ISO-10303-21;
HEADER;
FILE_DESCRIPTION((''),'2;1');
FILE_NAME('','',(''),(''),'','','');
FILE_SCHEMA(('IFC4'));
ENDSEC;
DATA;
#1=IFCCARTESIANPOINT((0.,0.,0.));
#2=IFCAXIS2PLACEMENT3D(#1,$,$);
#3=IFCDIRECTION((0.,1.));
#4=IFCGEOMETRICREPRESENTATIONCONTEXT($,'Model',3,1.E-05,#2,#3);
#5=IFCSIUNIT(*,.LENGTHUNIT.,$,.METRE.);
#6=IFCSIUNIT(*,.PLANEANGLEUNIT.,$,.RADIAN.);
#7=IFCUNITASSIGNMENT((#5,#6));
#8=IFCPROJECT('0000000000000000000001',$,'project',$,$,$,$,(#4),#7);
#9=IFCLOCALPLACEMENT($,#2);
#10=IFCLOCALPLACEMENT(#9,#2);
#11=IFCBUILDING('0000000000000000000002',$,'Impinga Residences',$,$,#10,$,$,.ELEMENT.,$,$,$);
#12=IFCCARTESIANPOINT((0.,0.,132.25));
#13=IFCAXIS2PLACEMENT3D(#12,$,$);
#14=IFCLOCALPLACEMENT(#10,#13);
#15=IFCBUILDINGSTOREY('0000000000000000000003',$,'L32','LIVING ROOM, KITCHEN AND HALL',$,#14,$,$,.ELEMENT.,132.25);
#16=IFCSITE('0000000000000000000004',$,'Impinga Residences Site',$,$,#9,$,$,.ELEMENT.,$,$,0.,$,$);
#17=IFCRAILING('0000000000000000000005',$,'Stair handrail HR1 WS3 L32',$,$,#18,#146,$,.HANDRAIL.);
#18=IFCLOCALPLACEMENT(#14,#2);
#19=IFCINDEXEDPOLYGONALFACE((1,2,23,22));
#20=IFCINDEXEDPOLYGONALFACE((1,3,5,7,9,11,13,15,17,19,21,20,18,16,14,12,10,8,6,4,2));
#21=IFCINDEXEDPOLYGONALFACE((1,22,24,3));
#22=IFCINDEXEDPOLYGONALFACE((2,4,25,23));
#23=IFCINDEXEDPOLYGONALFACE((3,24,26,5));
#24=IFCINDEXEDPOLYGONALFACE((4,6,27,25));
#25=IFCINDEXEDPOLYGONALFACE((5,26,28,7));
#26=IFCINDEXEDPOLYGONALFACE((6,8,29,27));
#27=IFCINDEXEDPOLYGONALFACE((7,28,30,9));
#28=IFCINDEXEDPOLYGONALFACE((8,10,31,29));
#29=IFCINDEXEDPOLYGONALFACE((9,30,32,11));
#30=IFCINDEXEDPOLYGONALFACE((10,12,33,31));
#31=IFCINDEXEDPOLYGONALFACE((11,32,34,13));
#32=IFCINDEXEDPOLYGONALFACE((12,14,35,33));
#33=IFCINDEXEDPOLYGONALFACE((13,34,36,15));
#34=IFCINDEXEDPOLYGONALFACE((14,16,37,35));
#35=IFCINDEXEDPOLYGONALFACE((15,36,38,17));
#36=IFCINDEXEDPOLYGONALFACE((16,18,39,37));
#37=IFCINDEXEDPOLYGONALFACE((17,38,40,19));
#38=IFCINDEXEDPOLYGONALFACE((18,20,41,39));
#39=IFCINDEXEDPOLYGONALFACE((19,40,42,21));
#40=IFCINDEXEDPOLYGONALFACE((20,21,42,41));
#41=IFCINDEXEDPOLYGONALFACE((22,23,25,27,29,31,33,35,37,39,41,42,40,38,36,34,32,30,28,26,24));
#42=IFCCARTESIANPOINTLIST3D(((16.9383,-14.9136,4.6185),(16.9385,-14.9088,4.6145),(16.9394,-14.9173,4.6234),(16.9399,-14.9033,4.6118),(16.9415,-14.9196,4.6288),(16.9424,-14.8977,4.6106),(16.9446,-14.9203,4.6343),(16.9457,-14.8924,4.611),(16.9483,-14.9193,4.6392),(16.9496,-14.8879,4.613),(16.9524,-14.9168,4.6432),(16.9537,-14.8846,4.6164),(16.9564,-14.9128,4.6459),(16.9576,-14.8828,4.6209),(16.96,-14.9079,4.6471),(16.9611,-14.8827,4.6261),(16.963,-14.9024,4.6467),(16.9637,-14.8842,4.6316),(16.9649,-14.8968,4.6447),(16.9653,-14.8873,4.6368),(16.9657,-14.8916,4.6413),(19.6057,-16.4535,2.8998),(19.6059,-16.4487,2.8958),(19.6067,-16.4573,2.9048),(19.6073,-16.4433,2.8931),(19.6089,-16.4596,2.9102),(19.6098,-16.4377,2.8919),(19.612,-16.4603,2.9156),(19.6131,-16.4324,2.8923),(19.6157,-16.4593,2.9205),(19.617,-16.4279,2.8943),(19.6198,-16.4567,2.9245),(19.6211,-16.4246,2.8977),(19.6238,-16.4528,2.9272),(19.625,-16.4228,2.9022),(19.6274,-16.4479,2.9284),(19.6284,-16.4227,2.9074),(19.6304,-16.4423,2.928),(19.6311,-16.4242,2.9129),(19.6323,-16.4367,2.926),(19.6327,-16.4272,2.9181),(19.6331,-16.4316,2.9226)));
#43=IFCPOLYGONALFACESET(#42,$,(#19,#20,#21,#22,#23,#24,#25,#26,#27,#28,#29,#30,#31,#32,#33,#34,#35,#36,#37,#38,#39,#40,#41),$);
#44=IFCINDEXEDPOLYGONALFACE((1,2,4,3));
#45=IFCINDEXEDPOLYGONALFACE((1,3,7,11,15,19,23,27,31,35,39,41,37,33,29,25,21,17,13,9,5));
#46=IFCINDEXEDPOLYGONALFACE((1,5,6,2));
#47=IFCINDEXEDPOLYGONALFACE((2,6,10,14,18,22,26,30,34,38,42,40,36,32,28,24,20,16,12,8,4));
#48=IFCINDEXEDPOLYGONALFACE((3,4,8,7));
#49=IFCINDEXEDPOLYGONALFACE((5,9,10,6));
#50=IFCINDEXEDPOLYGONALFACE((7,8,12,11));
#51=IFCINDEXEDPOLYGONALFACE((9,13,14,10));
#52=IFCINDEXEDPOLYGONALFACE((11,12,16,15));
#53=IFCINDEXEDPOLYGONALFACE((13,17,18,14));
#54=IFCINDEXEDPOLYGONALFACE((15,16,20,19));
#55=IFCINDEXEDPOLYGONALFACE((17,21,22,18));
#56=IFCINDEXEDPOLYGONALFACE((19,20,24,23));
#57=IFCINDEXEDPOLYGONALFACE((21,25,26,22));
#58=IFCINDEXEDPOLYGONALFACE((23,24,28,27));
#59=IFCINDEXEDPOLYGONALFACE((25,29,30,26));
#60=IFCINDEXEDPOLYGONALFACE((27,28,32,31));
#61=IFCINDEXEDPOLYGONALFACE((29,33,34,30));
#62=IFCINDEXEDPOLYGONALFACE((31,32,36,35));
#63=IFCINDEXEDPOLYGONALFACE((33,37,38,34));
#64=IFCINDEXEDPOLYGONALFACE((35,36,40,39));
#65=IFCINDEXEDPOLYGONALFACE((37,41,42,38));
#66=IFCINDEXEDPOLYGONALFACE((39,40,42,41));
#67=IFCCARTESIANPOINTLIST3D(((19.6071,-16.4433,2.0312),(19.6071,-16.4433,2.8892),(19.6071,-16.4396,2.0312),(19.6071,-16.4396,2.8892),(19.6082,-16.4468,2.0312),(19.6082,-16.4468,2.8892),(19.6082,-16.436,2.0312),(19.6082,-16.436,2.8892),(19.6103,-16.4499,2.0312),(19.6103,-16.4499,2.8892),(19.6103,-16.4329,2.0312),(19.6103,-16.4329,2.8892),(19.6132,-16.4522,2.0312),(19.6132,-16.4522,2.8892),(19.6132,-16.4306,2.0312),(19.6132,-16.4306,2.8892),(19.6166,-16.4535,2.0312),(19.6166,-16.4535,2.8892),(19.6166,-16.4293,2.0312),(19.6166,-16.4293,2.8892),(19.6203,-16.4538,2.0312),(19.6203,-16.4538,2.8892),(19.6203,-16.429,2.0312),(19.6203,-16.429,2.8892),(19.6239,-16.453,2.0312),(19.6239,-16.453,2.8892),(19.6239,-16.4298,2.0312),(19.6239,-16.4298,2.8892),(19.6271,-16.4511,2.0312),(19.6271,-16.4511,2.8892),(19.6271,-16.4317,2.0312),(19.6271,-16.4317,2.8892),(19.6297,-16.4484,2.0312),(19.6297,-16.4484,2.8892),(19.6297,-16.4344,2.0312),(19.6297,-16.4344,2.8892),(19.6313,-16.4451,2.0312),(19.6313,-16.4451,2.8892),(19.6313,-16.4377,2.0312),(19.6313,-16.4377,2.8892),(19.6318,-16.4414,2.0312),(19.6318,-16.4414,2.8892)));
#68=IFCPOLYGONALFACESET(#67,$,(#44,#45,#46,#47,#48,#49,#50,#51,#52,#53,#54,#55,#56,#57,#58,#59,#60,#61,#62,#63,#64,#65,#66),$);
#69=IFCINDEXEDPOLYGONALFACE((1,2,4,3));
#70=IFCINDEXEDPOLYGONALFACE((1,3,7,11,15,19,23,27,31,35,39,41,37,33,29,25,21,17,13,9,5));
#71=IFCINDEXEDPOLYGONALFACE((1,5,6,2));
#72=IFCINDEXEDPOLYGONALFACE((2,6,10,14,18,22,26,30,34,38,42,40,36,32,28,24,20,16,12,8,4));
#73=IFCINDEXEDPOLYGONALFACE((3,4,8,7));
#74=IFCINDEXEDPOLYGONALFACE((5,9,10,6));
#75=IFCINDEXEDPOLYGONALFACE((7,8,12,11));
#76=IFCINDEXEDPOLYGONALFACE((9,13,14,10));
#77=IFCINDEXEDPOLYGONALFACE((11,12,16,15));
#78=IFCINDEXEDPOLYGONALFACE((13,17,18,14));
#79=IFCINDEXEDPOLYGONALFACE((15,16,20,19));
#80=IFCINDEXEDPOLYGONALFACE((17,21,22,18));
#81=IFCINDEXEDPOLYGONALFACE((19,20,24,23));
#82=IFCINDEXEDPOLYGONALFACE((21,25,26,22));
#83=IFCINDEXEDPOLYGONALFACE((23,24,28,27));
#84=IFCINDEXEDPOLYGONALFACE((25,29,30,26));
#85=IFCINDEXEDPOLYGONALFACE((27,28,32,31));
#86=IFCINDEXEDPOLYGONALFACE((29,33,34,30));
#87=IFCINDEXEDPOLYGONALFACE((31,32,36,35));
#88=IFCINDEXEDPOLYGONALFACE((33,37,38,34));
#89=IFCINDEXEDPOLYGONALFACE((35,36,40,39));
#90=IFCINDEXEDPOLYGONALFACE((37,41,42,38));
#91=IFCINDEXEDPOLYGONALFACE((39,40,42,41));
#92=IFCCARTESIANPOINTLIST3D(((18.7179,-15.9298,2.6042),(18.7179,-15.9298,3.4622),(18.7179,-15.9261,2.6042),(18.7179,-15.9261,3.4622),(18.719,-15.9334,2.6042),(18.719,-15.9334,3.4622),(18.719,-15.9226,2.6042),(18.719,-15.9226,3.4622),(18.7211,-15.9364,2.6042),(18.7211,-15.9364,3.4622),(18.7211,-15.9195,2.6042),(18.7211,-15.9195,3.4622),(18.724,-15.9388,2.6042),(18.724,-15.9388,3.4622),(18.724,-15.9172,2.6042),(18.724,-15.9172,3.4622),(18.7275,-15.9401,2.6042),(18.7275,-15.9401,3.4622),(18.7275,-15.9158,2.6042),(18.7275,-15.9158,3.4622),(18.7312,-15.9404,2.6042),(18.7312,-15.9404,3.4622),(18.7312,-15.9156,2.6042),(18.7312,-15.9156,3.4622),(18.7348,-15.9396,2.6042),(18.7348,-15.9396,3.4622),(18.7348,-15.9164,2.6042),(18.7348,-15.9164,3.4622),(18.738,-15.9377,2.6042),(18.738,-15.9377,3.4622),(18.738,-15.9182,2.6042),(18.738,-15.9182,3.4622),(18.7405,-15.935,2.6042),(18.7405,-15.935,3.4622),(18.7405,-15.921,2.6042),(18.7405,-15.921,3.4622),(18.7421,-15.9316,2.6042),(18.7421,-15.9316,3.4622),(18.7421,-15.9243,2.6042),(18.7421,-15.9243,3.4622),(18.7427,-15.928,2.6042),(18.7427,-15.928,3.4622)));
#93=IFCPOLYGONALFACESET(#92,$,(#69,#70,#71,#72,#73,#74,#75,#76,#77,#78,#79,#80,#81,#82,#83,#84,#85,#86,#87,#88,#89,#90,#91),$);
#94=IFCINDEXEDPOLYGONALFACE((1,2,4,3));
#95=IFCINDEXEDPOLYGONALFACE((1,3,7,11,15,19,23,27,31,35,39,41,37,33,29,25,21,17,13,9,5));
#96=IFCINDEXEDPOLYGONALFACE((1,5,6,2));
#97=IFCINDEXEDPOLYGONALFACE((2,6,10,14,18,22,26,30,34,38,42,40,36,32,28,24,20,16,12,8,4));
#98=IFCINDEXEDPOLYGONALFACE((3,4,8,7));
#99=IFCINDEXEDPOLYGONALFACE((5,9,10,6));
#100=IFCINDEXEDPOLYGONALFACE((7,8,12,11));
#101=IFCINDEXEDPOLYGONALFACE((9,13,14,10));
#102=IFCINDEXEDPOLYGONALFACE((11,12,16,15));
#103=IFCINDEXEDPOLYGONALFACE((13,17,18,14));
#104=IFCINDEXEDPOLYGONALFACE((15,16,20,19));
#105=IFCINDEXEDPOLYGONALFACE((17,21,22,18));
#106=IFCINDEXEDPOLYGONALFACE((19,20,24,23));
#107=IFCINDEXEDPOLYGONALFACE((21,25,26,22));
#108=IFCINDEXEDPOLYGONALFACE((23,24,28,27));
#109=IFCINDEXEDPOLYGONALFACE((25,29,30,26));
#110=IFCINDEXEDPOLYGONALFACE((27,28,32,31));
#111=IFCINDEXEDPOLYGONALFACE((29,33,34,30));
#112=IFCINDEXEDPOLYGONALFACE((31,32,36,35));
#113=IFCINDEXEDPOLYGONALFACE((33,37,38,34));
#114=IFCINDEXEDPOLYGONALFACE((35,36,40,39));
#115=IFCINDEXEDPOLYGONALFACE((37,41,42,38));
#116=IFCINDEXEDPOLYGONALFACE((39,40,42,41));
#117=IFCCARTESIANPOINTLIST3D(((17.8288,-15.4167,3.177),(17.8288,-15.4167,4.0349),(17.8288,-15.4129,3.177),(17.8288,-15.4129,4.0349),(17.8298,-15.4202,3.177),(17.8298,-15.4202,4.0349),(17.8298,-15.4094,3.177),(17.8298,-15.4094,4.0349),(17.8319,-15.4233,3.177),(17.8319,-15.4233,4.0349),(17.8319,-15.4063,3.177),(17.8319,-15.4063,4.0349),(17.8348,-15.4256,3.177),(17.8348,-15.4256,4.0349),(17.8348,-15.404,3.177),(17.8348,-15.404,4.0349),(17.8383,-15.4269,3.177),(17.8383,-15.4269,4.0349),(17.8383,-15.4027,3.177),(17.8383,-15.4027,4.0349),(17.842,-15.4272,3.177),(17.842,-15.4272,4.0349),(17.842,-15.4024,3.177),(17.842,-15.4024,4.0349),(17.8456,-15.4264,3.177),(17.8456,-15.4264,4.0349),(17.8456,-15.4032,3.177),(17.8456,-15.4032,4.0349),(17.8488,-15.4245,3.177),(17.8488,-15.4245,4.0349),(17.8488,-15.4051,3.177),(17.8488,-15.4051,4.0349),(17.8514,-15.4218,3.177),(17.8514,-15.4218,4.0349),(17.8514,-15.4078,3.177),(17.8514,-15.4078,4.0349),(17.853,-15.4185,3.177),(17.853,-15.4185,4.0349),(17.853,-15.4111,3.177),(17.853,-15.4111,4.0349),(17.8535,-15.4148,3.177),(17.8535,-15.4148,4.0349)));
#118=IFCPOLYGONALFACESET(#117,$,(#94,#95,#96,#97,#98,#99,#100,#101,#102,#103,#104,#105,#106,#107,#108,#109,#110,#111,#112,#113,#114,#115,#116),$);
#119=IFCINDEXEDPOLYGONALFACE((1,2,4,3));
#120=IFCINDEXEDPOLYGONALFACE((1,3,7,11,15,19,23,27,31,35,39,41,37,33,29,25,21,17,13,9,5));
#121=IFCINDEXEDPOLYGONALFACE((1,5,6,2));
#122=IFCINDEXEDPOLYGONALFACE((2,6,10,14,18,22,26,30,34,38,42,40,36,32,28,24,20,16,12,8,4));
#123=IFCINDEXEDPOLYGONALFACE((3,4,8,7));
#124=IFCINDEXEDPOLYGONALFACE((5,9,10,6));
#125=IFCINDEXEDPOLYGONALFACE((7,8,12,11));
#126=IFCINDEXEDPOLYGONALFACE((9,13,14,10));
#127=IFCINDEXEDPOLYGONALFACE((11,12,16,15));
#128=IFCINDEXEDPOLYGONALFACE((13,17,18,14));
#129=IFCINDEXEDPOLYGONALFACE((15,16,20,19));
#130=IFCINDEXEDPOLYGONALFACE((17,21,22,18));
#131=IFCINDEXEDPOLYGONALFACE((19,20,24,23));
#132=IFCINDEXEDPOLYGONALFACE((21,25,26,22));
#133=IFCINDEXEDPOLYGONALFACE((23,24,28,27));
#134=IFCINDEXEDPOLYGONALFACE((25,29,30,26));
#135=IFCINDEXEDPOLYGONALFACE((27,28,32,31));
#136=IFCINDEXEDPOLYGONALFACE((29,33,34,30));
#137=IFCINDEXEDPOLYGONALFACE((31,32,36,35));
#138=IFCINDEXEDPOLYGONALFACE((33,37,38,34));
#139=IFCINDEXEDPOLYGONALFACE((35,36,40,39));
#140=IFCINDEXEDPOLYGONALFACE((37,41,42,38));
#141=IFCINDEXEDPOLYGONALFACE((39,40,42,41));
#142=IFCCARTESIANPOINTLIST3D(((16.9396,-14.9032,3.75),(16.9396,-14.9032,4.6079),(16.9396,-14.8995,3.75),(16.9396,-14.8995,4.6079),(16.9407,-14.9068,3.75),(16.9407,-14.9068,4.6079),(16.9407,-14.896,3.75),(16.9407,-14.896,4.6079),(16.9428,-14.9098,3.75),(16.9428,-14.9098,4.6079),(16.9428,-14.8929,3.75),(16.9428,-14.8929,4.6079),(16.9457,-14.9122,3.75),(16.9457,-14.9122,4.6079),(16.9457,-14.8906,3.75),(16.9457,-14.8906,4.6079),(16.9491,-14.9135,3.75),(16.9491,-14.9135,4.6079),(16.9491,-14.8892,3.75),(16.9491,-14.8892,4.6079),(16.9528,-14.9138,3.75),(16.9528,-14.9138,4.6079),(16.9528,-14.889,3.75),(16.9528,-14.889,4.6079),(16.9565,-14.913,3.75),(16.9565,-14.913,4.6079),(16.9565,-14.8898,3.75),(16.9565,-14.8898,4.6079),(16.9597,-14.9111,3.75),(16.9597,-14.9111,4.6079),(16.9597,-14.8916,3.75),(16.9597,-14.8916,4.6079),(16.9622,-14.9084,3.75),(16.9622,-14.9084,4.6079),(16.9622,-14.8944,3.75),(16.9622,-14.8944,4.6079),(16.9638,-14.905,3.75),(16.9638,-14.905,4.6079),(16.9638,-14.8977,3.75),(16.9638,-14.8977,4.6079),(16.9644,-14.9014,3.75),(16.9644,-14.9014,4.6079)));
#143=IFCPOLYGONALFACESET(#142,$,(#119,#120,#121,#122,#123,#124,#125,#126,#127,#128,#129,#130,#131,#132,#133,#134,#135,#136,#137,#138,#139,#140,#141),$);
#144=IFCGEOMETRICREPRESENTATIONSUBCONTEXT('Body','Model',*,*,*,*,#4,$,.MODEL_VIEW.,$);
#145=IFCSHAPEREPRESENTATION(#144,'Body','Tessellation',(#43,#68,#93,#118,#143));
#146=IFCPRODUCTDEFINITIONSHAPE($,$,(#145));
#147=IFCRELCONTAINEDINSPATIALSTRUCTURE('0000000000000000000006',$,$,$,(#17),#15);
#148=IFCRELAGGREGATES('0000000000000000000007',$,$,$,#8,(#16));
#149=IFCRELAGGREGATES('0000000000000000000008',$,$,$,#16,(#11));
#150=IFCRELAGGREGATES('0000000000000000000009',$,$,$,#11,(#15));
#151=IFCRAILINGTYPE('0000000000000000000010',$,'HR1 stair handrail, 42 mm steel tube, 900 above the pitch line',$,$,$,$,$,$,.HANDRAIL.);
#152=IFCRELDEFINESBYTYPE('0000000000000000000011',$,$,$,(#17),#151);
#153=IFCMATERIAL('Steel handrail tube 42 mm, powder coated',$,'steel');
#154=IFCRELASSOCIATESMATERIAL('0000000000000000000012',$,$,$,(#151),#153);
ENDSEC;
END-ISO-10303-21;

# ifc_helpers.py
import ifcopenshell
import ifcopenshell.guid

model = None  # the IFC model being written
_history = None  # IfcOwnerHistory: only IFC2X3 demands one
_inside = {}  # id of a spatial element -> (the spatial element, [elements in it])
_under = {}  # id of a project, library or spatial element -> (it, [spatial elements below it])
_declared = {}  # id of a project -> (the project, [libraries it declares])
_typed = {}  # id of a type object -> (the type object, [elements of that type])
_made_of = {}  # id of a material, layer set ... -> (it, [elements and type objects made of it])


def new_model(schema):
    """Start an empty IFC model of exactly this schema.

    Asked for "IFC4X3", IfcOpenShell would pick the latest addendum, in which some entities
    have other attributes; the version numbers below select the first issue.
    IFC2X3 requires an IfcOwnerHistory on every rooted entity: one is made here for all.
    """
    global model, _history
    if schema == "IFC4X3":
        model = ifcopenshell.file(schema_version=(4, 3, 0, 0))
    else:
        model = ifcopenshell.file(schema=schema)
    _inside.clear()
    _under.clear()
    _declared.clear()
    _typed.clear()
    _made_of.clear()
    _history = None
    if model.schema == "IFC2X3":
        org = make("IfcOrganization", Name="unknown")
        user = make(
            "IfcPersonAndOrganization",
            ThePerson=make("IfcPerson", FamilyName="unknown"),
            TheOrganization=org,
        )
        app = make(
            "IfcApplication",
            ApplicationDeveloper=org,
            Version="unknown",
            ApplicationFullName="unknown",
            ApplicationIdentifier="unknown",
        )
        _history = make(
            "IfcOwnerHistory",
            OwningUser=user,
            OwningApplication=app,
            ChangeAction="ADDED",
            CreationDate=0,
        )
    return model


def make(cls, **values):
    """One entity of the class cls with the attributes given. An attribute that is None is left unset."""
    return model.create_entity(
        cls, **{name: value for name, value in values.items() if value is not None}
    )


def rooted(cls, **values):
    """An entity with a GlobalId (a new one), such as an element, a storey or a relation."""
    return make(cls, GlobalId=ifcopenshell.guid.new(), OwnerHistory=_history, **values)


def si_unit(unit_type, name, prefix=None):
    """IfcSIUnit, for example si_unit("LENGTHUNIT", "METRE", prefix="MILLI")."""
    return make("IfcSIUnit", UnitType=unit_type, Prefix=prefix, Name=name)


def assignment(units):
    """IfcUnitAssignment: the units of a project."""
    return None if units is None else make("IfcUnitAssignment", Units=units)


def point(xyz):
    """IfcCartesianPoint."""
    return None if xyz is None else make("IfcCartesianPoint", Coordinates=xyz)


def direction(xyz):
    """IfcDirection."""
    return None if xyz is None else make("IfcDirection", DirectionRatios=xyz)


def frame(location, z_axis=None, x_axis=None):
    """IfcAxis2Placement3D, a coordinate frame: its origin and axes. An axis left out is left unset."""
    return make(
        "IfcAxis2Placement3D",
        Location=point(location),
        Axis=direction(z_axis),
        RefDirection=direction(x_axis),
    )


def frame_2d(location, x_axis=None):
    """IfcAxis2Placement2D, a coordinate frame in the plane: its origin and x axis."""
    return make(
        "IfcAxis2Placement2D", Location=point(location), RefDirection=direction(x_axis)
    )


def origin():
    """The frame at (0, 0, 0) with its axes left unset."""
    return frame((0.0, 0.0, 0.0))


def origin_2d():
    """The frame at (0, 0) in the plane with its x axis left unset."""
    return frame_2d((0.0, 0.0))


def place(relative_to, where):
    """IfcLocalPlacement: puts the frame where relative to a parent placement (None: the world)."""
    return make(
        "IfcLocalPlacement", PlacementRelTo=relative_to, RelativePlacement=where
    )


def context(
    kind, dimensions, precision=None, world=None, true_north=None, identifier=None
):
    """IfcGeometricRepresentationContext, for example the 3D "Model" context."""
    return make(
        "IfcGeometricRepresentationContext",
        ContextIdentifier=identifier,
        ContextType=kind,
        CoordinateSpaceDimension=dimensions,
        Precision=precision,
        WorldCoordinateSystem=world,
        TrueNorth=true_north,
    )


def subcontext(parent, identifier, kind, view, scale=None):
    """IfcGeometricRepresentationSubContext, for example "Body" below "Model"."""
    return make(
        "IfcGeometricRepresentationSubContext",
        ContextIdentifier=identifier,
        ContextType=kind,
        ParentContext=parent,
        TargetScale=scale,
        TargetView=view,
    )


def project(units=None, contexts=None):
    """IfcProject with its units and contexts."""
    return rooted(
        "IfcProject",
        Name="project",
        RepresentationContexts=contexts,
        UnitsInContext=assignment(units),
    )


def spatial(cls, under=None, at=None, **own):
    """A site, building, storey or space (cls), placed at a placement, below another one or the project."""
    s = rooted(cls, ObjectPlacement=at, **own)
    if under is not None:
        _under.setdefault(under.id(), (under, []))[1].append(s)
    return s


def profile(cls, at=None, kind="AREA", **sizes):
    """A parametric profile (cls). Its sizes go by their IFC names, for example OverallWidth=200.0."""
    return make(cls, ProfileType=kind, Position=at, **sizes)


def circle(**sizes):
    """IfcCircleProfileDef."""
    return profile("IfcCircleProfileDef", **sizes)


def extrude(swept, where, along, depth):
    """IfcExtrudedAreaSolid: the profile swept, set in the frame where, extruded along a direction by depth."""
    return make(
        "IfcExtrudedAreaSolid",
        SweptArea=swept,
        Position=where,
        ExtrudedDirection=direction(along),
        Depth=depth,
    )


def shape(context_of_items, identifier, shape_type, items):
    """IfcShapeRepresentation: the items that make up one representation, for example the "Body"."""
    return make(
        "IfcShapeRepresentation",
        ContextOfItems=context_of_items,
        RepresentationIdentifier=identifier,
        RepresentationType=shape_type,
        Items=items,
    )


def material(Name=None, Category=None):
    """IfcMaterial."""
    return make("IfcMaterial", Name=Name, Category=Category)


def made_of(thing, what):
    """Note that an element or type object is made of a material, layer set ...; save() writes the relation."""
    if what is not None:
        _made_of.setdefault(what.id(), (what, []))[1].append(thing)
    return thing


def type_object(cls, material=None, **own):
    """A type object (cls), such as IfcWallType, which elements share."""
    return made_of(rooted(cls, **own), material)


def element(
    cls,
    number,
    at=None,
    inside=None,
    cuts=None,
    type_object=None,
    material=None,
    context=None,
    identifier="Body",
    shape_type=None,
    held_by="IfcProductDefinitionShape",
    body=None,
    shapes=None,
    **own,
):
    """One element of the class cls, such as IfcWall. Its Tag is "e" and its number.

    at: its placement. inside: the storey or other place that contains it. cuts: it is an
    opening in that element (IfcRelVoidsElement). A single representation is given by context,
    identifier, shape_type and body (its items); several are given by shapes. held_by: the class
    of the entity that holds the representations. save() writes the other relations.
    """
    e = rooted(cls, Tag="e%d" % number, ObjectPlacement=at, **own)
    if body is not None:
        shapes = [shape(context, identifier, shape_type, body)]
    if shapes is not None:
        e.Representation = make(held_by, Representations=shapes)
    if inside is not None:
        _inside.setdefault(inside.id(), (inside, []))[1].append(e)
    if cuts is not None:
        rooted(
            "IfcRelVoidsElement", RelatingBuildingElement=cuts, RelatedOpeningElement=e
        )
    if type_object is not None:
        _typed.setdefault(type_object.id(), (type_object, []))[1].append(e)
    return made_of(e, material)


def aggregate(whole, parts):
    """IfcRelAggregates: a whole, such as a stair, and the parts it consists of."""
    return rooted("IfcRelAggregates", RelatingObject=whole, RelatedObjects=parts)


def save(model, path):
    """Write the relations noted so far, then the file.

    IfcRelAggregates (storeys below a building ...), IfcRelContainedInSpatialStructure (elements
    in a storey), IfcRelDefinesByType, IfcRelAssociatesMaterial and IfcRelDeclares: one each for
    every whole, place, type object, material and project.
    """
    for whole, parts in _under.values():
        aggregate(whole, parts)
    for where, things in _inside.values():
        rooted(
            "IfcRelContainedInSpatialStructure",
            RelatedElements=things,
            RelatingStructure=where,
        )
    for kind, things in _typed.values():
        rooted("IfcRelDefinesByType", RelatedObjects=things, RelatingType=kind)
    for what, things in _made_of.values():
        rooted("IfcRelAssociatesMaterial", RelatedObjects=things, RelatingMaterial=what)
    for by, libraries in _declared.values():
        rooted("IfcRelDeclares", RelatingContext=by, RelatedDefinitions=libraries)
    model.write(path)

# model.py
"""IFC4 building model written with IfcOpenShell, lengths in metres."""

from ifc_helpers import new_model, si_unit, direction, frame, origin, origin_2d, place, context, subcontext, project, spatial, circle, extrude, material, type_object, element, save


model = new_model("IFC4")

# Units and contexts
model_context = context("Model", 3, precision=1e-05, world=origin(), true_north=direction((0.0, 1.0)))
body_context = subcontext(model_context, "Body", "Model", "MODEL_VIEW")
ifc_project = project(units=[si_unit("LENGTHUNIT", "METRE"), si_unit("PLANEANGLEUNIT", "RADIAN")], contexts=[model_context])

# Site, building, storey
site_placement = place(None, origin())
site = spatial("IfcSite", under=ifc_project, at=site_placement, Name="Impinga Residences Site", CompositionType="ELEMENT", RefElevation=0.0)
building_placement = place(site_placement, origin())
building = spatial("IfcBuilding", under=site, at=building_placement, Name="Impinga Residences", CompositionType="ELEMENT")
storey_placement = place(building_placement, frame((0.0, 0.0, 132.25)))
storey = spatial("IfcBuildingStorey", under=building, at=storey_placement, Name="L32", Description="LIVING ROOM, KITCHEN AND HALL", CompositionType="ELEMENT", Elevation=132.25)

# Railing
ifc_material_1 = material(Name="Steel handrail tube 42 mm, powder coated", Category="steel")
railing_type_1 = type_object("IfcRailingType", Name="HR1 stair handrail, 42 mm steel tube, 900 above the pitch line", PredefinedType="HANDRAIL", material=ifc_material_1)
railing_1_placement = place(storey_placement, frame((19.6194, -16.4414, 2.0312)))
element("IfcRailing", 1, at=railing_1_placement, inside=storey, type_object=railing_type_1, Name="Stair handrail HR1 WS3 L32", PredefinedType="HANDRAIL", context=body_context, shape_type="SweptSolid", body=[
    extrude(circle(Radius=0.021, at=origin_2d()), frame((0.0, 0.0, 0.8789), z_axis=(-0.756256, 0.436616, 0.487282), x_axis=(-0.499992, -0.86603, 0.0)), (0.0, 0.0, 1.0), 3.5271),
    extrude(circle(Radius=0.0125, at=origin_2d()), origin(), (0.0, 0.0, 1.0), 0.8579),
    extrude(circle(Radius=0.0125, at=origin_2d()), frame((-0.8892, 0.5134, 0.573)), (0.0, 0.0, 1.0), 0.8579),
    extrude(circle(Radius=0.0125, at=origin_2d()), frame((-1.7783, 1.0266, 1.1458)), (0.0, 0.0, 1.0), 0.8579),
    extrude(circle(Radius=0.0125, at=origin_2d()), frame((-2.6675, 1.54, 1.7188)), (0.0, 0.0, 1.0), 0.8579),
])

save(model, "model.ifc")
